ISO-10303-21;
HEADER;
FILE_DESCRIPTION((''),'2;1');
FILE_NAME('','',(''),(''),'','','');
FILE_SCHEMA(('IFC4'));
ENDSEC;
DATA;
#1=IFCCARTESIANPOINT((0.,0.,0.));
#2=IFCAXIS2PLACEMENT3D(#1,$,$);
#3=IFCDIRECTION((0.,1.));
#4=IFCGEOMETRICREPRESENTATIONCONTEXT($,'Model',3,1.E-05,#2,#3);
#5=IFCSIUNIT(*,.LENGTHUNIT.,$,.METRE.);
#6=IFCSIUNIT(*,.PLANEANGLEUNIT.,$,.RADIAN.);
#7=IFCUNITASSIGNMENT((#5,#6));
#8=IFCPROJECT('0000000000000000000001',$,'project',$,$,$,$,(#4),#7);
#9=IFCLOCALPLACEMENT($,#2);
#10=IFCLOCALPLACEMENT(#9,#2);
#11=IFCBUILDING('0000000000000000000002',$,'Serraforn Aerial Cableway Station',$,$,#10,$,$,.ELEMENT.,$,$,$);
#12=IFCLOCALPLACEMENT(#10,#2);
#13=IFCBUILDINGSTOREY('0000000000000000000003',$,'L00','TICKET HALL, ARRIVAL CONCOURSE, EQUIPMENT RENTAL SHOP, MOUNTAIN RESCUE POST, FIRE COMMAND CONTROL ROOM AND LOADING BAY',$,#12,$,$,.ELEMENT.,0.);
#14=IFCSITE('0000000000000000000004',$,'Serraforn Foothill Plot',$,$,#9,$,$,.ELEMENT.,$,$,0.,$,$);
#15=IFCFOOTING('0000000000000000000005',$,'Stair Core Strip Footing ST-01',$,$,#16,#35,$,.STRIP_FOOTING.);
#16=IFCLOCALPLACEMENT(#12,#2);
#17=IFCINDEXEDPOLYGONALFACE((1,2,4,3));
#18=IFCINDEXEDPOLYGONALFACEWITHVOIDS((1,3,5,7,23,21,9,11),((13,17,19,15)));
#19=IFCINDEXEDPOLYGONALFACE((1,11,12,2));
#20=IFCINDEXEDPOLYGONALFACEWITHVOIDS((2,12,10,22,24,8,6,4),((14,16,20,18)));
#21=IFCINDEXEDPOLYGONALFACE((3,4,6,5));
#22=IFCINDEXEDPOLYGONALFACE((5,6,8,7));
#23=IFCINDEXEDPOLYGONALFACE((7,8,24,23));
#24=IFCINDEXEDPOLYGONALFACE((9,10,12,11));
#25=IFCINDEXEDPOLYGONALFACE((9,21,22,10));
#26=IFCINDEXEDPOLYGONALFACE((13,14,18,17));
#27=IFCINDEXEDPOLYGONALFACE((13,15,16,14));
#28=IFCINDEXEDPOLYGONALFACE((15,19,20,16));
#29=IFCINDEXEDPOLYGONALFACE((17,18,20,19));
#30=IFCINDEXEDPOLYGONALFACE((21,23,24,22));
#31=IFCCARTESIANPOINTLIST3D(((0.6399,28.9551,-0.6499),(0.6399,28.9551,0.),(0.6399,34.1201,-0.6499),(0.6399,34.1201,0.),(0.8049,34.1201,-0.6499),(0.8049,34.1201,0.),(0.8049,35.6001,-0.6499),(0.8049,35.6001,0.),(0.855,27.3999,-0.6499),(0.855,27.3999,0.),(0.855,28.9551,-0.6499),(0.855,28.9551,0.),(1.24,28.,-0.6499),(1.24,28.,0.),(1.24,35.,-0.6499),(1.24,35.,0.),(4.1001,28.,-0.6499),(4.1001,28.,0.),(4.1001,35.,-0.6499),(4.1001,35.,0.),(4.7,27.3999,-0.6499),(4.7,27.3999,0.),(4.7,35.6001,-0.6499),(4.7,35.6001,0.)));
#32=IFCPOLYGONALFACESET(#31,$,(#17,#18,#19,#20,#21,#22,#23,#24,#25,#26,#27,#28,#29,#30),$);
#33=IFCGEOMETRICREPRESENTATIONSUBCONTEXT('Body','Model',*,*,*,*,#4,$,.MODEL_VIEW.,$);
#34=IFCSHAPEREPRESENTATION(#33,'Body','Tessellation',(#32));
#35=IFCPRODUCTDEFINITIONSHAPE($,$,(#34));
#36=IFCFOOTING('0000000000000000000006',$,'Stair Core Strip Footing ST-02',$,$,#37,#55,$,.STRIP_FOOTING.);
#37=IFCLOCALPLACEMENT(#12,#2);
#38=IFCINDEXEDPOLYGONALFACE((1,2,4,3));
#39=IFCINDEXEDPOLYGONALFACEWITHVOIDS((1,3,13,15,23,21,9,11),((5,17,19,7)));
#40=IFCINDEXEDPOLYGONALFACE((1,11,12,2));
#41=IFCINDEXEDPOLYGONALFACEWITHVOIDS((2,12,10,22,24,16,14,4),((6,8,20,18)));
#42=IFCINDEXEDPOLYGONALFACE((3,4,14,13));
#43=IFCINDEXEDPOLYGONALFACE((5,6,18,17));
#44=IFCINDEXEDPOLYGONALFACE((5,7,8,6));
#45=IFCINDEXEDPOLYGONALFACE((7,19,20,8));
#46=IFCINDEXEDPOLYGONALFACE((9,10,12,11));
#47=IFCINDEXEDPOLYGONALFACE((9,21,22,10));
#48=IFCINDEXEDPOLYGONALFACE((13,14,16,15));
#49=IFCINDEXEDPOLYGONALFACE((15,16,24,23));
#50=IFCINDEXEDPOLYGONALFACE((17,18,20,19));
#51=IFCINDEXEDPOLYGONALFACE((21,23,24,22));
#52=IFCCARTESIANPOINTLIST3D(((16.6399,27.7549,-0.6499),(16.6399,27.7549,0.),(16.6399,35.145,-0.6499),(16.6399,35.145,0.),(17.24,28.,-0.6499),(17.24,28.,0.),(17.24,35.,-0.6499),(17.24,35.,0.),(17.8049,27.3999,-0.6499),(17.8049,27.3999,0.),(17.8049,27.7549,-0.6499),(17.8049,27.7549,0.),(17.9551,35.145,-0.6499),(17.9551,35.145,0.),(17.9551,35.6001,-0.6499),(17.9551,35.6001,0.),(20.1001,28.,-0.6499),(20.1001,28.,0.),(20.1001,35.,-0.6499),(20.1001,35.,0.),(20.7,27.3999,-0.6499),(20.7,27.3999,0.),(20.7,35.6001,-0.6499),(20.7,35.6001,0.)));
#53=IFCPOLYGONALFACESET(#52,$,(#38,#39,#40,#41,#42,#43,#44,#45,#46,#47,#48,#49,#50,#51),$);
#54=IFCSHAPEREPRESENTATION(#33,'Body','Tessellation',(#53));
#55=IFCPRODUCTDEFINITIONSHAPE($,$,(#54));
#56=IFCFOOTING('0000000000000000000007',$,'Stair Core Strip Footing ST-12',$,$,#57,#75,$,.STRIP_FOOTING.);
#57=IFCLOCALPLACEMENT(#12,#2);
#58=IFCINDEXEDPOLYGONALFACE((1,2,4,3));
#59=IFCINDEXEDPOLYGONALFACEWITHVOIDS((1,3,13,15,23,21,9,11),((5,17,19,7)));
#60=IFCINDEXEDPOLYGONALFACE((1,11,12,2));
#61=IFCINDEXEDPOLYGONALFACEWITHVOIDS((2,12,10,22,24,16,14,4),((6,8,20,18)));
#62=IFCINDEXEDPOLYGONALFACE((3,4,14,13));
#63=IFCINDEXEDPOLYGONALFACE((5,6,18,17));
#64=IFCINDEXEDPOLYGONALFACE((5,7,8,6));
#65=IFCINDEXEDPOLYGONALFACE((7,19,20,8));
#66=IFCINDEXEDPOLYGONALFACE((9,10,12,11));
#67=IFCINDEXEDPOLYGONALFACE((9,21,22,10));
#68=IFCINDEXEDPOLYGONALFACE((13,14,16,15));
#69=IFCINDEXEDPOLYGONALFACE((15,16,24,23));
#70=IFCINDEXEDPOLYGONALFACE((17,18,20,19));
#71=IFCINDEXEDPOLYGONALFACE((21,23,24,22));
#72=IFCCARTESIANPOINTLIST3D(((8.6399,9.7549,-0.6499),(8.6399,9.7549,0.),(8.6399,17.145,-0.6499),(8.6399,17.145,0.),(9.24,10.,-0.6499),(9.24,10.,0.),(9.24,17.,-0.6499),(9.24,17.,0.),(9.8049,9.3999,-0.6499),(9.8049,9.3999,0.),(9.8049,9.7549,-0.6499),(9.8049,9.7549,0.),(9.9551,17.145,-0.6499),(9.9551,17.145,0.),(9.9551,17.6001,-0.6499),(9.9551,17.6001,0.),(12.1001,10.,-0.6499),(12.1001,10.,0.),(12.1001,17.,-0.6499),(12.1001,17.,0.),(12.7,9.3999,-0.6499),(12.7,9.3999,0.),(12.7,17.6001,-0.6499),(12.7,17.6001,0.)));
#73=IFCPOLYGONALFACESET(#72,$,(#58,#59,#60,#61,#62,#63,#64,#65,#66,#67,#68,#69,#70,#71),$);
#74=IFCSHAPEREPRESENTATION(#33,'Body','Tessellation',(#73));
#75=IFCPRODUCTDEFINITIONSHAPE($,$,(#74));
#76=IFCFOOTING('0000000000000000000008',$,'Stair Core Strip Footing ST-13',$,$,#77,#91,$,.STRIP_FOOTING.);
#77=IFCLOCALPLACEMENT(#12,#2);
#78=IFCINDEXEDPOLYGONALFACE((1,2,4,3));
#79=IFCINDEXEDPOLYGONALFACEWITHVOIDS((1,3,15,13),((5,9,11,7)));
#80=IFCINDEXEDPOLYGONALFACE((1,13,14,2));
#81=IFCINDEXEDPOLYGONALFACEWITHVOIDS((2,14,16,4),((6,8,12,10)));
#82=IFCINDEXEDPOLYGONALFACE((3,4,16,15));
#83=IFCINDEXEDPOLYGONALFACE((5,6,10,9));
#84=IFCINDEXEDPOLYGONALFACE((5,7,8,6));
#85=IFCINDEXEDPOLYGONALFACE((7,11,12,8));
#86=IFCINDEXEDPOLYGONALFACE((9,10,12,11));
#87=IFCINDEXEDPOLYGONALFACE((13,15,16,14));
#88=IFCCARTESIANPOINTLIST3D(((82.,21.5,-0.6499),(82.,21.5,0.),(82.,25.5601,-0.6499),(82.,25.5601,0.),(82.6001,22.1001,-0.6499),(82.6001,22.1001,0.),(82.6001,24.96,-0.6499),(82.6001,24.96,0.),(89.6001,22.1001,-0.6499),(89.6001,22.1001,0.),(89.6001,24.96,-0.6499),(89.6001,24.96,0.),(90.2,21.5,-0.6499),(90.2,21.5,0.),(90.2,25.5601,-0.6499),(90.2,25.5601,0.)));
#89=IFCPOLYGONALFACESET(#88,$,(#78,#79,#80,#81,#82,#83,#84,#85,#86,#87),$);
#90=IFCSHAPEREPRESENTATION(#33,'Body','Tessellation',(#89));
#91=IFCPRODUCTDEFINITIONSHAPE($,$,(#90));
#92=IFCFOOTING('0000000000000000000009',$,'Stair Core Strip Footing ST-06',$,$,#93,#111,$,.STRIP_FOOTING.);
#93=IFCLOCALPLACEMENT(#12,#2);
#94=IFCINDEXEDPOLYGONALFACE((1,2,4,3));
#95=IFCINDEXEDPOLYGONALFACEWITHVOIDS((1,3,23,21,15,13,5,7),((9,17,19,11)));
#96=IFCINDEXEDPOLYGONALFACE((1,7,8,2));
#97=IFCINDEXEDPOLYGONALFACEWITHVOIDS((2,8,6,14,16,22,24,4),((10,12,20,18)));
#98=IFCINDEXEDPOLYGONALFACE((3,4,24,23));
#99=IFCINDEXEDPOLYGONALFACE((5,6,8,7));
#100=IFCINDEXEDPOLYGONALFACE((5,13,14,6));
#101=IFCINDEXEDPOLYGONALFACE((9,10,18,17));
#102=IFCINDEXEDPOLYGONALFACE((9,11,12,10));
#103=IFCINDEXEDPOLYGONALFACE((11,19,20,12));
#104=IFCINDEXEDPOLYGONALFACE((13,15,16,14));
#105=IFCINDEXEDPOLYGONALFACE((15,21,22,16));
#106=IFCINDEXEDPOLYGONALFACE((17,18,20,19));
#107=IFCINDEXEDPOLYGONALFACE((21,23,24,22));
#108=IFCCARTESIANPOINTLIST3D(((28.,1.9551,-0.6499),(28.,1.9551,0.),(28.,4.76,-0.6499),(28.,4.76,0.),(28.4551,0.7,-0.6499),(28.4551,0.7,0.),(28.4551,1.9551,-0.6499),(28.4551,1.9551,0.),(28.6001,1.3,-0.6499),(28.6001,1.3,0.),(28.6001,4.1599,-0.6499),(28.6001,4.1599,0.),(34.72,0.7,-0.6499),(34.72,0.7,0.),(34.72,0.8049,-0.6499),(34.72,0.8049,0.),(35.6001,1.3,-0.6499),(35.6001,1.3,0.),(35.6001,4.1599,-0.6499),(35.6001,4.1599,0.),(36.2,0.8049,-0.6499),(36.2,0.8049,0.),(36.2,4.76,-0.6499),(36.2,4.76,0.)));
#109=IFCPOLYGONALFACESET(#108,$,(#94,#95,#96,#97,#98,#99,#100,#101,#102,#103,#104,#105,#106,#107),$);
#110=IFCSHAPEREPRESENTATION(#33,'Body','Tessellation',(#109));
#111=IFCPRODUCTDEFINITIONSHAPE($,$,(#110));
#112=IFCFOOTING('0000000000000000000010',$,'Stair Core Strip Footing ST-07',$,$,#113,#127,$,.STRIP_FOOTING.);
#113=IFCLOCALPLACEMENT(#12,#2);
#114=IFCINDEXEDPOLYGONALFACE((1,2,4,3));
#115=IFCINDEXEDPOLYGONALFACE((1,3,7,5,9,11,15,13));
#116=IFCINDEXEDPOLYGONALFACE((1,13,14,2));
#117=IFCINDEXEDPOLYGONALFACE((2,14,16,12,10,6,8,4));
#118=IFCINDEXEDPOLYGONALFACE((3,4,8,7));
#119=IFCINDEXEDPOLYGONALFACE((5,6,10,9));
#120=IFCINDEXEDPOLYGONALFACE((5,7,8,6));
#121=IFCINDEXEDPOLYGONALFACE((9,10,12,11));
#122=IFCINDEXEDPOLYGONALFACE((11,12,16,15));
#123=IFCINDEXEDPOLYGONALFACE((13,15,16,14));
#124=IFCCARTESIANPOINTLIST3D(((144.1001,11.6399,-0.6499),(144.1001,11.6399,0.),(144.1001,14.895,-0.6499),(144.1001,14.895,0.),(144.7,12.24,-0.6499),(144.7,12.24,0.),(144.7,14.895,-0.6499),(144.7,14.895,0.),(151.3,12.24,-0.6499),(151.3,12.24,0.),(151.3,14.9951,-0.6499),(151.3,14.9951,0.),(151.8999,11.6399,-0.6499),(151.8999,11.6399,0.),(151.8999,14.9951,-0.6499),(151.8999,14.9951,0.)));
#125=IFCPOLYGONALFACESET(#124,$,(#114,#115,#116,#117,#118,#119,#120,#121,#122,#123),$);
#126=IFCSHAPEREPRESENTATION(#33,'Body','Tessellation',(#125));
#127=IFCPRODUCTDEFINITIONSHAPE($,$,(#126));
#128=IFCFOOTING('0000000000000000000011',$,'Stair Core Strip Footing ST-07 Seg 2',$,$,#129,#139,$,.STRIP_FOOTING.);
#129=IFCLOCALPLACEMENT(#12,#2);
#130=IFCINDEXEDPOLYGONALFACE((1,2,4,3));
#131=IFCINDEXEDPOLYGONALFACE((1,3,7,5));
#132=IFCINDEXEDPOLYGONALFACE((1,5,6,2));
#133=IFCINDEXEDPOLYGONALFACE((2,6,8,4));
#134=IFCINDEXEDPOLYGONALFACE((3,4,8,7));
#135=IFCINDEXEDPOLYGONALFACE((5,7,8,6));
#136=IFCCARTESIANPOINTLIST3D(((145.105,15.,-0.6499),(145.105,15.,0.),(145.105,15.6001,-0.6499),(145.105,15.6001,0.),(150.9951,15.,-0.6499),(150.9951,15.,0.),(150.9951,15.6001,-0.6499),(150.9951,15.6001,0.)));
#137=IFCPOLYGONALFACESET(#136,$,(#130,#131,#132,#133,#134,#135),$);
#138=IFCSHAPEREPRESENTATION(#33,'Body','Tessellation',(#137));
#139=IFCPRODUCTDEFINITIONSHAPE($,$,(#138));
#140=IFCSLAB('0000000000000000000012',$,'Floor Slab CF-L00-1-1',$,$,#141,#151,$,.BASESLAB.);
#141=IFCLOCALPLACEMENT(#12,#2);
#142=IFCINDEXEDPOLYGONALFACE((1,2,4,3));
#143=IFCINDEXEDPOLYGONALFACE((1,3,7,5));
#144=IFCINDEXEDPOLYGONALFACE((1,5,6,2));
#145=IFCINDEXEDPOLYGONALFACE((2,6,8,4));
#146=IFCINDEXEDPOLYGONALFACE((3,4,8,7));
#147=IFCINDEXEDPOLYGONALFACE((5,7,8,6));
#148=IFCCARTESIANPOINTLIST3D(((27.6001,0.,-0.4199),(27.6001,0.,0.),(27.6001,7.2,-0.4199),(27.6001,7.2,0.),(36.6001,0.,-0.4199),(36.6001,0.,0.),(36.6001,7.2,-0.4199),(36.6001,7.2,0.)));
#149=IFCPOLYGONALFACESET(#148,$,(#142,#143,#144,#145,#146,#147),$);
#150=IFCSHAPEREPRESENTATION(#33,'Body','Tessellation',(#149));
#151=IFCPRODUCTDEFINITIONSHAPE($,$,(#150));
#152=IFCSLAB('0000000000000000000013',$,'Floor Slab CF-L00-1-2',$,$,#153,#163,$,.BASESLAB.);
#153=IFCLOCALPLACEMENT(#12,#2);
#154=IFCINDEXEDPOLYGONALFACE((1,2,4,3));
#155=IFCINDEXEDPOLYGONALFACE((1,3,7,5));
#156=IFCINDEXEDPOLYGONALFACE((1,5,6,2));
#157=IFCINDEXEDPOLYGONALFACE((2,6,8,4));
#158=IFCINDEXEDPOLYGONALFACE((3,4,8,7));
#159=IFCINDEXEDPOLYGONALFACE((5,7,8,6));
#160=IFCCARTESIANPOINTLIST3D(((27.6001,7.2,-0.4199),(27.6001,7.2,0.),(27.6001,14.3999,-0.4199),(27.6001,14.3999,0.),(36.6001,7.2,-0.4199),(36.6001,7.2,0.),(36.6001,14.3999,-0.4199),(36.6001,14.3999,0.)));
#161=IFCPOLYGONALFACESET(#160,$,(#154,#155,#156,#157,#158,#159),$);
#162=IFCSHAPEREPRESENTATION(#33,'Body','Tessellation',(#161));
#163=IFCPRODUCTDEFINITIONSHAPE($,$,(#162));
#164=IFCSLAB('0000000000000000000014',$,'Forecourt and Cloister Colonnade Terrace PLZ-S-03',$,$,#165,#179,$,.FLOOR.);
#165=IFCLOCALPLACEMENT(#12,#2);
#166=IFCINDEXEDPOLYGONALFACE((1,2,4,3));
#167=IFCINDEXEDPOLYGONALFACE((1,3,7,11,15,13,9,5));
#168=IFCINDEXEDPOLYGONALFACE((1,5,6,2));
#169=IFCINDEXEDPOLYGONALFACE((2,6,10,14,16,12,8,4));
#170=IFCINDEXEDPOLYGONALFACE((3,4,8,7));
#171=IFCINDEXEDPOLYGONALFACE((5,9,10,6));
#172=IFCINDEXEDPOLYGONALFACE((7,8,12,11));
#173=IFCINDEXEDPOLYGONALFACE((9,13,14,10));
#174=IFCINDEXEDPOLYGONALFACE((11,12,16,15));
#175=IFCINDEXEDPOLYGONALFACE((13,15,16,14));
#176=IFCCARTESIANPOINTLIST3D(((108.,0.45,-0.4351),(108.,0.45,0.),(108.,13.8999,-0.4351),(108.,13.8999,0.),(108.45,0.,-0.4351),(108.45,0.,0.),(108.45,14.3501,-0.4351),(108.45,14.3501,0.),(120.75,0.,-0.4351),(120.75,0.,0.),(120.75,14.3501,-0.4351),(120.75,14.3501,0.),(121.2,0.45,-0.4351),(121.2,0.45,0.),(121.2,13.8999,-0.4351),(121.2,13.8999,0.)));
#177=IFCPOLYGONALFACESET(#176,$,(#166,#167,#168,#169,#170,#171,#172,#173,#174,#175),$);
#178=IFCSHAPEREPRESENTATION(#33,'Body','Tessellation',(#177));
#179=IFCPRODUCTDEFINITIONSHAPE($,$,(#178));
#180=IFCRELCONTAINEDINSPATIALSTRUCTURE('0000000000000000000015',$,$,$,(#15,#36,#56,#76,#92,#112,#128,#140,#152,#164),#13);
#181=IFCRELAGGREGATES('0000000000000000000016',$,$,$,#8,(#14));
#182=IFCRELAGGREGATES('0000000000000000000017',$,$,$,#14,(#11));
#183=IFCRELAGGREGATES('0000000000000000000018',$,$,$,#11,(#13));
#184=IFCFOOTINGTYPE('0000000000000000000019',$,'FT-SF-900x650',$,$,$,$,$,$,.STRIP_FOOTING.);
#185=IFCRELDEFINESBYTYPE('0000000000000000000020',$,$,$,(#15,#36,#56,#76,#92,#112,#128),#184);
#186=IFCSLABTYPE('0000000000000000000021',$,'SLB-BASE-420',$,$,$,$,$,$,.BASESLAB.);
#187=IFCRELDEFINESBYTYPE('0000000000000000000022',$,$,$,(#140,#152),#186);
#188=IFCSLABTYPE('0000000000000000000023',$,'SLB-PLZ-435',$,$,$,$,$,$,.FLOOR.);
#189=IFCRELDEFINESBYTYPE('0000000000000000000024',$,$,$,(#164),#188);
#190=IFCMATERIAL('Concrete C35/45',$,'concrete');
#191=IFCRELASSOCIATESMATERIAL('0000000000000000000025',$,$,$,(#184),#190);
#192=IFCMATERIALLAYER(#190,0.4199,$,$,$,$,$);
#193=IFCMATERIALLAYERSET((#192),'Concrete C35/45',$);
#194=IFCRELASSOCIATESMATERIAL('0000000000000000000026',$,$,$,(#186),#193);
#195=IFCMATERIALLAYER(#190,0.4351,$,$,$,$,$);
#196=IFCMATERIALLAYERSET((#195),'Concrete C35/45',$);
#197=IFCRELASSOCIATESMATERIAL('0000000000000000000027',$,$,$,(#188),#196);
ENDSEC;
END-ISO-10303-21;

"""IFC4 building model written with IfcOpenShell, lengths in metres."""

from ifc_helpers import new_model, si_unit, direction, frame, origin, place, context, subcontext, project, spatial, polyline, outline, extrude, material, layer, layer_set, type_object, element, save


model = new_model("IFC4")

# Units and contexts
model_context = context("Model", 3, precision=1e-05, world=origin(), true_north=direction((0.0, 1.0)))
body_context = subcontext(model_context, "Body", "Model", "MODEL_VIEW")
ifc_project = project(units=[si_unit("LENGTHUNIT", "METRE"), si_unit("PLANEANGLEUNIT", "RADIAN")], contexts=[model_context])

# Site, building, storey
site_placement = place(None, origin())
site = spatial("IfcSite", under=ifc_project, at=site_placement, Name="Serraforn Foothill Plot", CompositionType="ELEMENT", RefElevation=0.0)
building_placement = place(site_placement, origin())
building = spatial("IfcBuilding", under=site, at=building_placement, Name="Serraforn Aerial Cableway Station", CompositionType="ELEMENT")
storey_placement = place(building_placement, origin())
storey = spatial("IfcBuildingStorey", under=building, at=storey_placement, Name="L00", Description="TICKET HALL, ARRIVAL CONCOURSE, EQUIPMENT RENTAL SHOP, MOUNTAIN RESCUE POST, FIRE COMMAND CONTROL ROOM AND LOADING BAY", CompositionType="ELEMENT", Elevation=0.0)

# Footings
ifc_material = material(Name="Concrete C35/45", Category="concrete")
footing_type_1 = type_object("IfcFootingType", Name="FT-SF-900x650", PredefinedType="STRIP_FOOTING", material=ifc_material)
footing_1_placement = place(storey_placement, frame((0.0, 0.0, -0.6499)))
element("IfcFooting", 1, at=footing_1_placement, inside=storey, type_object=footing_type_1, Name="Stair Core Strip Footing ST-01", PredefinedType="STRIP_FOOTING", context=body_context, shape_type="SweptSolid", body=[
    extrude(outline(polyline([(4.7, 35.6001), (4.7, 27.3999), (0.855, 27.3999), (0.855, 28.9551), (0.6399, 28.9551), (0.6399, 34.1201), (0.8049, 34.1201), (0.8049, 35.6001), (4.7, 35.6001)]), holes=[polyline([(4.1001, 28.0), (4.1001, 35.0), (1.24, 35.0), (1.24, 28.0), (4.1001, 28.0)])]), origin(), (0.0, 0.0, 1.0), 0.6499),
])
footing_2_placement = place(storey_placement, frame((0.0, 0.0, -0.6499)))
element("IfcFooting", 2, at=footing_2_placement, inside=storey, type_object=footing_type_1, Name="Stair Core Strip Footing ST-02", PredefinedType="STRIP_FOOTING", context=body_context, shape_type="SweptSolid", body=[
    extrude(outline(polyline([(20.7, 35.6001), (20.7, 27.3999), (17.8049, 27.3999), (17.8049, 27.7549), (16.6399, 27.7549), (16.6399, 35.145), (17.9551, 35.145), (17.9551, 35.6001), (20.7, 35.6001)]), holes=[polyline([(20.1001, 28.0), (20.1001, 35.0), (17.24, 35.0), (17.24, 28.0), (20.1001, 28.0)])]), origin(), (0.0, 0.0, 1.0), 0.6499),
])
footing_3_placement = place(storey_placement, frame((0.0, 0.0, -0.6499)))
element("IfcFooting", 3, at=footing_3_placement, inside=storey, type_object=footing_type_1, Name="Stair Core Strip Footing ST-12", PredefinedType="STRIP_FOOTING", context=body_context, shape_type="SweptSolid", body=[
    extrude(outline(polyline([(12.7, 17.6001), (12.7, 9.3999), (9.8049, 9.3999), (9.8049, 9.7549), (8.6399, 9.7549), (8.6399, 17.145), (9.9551, 17.145), (9.9551, 17.6001), (12.7, 17.6001)]), holes=[polyline([(12.1001, 10.0), (12.1001, 17.0), (9.24, 17.0), (9.24, 10.0), (12.1001, 10.0)])]), origin(), (0.0, 0.0, 1.0), 0.6499),
])
footing_4_placement = place(storey_placement, frame((0.0, 0.0, -0.6499)))
element("IfcFooting", 4, at=footing_4_placement, inside=storey, type_object=footing_type_1, Name="Stair Core Strip Footing ST-13", PredefinedType="STRIP_FOOTING", context=body_context, shape_type="SweptSolid", body=[
    extrude(outline(polyline([(82.0, 25.5601), (90.2, 25.5601), (90.2, 21.5), (82.0, 21.5), (82.0, 25.5601)]), holes=[polyline([(89.6001, 22.1001), (89.6001, 24.96), (82.6001, 24.96), (82.6001, 22.1001), (89.6001, 22.1001)])]), origin(), (0.0, 0.0, 1.0), 0.6499),
])
footing_5_placement = place(storey_placement, frame((0.0, 0.0, -0.6499)))
element("IfcFooting", 5, at=footing_5_placement, inside=storey, type_object=footing_type_1, Name="Stair Core Strip Footing ST-06", PredefinedType="STRIP_FOOTING", context=body_context, shape_type="SweptSolid", body=[
    extrude(outline(polyline([(28.4551, 0.7), (28.4551, 1.9551), (28.0, 1.9551), (28.0, 4.76), (36.2, 4.76), (36.2, 0.8049), (34.72, 0.8049), (34.72, 0.7), (28.4551, 0.7)]), holes=[polyline([(35.6001, 1.3), (35.6001, 4.1599), (28.6001, 4.1599), (28.6001, 1.3), (35.6001, 1.3)])]), origin(), (0.0, 0.0, 1.0), 0.6499),
])
footing_6_placement = place(storey_placement, frame((0.0, 0.0, -0.6499)))
element("IfcFooting", 6, at=footing_6_placement, inside=storey, type_object=footing_type_1, Name="Stair Core Strip Footing ST-07", PredefinedType="STRIP_FOOTING", context=body_context, shape_type="SweptSolid", body=[
    extrude(outline(polyline([(151.8999, 11.6399), (144.1001, 11.6399), (144.1001, 14.895), (144.7, 14.895), (144.7, 12.24), (151.3, 12.24), (151.3, 14.9951), (151.8999, 14.9951), (151.8999, 11.6399)])), origin(), (0.0, 0.0, 1.0), 0.6499),
])
footing_7_placement = place(storey_placement, frame((0.0, 0.0, -0.6499)))
element("IfcFooting", 7, at=footing_7_placement, inside=storey, type_object=footing_type_1, Name="Stair Core Strip Footing ST-07 Seg 2", PredefinedType="STRIP_FOOTING", context=body_context, shape_type="SweptSolid", body=[
    extrude(outline(polyline([(150.9951, 15.6001), (150.9951, 15.0), (145.105, 15.0), (145.105, 15.6001), (150.9951, 15.6001)])), origin(), (0.0, 0.0, 1.0), 0.6499),
])

# Slabs
ifc_layer_1 = layer(ifc_material, 0.4199)
ifc_layer_set_1 = layer_set([ifc_layer_1], Name="Concrete C35/45")
slab_type_1 = type_object("IfcSlabType", Name="SLB-BASE-420", PredefinedType="BASESLAB", material=ifc_layer_set_1)
slab_1_placement = place(storey_placement, frame((0.0, 0.0, -0.4199)))
element("IfcSlab", 8, at=slab_1_placement, inside=storey, type_object=slab_type_1, Name="Floor Slab CF-L00-1-1", PredefinedType="BASESLAB", context=body_context, shape_type="SweptSolid", body=[
    extrude(outline(polyline([(27.6001, 0.0), (36.6001, 0.0), (36.6001, 7.2), (27.6001, 7.2), (27.6001, 0.0)])), origin(), (0.0, 0.0, 1.0), 0.4199),
])
slab_2_placement = place(storey_placement, frame((0.0, 0.0, -0.4199)))
element("IfcSlab", 9, at=slab_2_placement, inside=storey, type_object=slab_type_1, Name="Floor Slab CF-L00-1-2", PredefinedType="BASESLAB", context=body_context, shape_type="SweptSolid", body=[
    extrude(outline(polyline([(27.6001, 7.2), (36.6001, 7.2), (36.6001, 14.3999), (27.6001, 14.3999), (27.6001, 7.2)])), origin(), (0.0, 0.0, 1.0), 0.4199),
])
ifc_layer_2 = layer(ifc_material, 0.4351)
ifc_layer_set_2 = layer_set([ifc_layer_2], Name="Concrete C35/45")
slab_type_2 = type_object("IfcSlabType", Name="SLB-PLZ-435", PredefinedType="FLOOR", material=ifc_layer_set_2)
slab_3_placement = place(storey_placement, frame((0.0, 0.0, -0.4351)))
element("IfcSlab", 10, at=slab_3_placement, inside=storey, type_object=slab_type_2, Name="Forecourt and Cloister Colonnade Terrace PLZ-S-03", PredefinedType="FLOOR", context=body_context, shape_type="SweptSolid", body=[
    extrude(outline(polyline([(108.45, 0.0), (120.75, 0.0), (121.2, 0.45), (121.2, 13.8999), (120.75, 14.3501), (108.45, 14.3501), (108.0, 13.8999), (108.0, 0.45), (108.45, 0.0)])), origin(), (0.0, 0.0, 1.0), 0.4351),
])

save(model, "model.ifc")
